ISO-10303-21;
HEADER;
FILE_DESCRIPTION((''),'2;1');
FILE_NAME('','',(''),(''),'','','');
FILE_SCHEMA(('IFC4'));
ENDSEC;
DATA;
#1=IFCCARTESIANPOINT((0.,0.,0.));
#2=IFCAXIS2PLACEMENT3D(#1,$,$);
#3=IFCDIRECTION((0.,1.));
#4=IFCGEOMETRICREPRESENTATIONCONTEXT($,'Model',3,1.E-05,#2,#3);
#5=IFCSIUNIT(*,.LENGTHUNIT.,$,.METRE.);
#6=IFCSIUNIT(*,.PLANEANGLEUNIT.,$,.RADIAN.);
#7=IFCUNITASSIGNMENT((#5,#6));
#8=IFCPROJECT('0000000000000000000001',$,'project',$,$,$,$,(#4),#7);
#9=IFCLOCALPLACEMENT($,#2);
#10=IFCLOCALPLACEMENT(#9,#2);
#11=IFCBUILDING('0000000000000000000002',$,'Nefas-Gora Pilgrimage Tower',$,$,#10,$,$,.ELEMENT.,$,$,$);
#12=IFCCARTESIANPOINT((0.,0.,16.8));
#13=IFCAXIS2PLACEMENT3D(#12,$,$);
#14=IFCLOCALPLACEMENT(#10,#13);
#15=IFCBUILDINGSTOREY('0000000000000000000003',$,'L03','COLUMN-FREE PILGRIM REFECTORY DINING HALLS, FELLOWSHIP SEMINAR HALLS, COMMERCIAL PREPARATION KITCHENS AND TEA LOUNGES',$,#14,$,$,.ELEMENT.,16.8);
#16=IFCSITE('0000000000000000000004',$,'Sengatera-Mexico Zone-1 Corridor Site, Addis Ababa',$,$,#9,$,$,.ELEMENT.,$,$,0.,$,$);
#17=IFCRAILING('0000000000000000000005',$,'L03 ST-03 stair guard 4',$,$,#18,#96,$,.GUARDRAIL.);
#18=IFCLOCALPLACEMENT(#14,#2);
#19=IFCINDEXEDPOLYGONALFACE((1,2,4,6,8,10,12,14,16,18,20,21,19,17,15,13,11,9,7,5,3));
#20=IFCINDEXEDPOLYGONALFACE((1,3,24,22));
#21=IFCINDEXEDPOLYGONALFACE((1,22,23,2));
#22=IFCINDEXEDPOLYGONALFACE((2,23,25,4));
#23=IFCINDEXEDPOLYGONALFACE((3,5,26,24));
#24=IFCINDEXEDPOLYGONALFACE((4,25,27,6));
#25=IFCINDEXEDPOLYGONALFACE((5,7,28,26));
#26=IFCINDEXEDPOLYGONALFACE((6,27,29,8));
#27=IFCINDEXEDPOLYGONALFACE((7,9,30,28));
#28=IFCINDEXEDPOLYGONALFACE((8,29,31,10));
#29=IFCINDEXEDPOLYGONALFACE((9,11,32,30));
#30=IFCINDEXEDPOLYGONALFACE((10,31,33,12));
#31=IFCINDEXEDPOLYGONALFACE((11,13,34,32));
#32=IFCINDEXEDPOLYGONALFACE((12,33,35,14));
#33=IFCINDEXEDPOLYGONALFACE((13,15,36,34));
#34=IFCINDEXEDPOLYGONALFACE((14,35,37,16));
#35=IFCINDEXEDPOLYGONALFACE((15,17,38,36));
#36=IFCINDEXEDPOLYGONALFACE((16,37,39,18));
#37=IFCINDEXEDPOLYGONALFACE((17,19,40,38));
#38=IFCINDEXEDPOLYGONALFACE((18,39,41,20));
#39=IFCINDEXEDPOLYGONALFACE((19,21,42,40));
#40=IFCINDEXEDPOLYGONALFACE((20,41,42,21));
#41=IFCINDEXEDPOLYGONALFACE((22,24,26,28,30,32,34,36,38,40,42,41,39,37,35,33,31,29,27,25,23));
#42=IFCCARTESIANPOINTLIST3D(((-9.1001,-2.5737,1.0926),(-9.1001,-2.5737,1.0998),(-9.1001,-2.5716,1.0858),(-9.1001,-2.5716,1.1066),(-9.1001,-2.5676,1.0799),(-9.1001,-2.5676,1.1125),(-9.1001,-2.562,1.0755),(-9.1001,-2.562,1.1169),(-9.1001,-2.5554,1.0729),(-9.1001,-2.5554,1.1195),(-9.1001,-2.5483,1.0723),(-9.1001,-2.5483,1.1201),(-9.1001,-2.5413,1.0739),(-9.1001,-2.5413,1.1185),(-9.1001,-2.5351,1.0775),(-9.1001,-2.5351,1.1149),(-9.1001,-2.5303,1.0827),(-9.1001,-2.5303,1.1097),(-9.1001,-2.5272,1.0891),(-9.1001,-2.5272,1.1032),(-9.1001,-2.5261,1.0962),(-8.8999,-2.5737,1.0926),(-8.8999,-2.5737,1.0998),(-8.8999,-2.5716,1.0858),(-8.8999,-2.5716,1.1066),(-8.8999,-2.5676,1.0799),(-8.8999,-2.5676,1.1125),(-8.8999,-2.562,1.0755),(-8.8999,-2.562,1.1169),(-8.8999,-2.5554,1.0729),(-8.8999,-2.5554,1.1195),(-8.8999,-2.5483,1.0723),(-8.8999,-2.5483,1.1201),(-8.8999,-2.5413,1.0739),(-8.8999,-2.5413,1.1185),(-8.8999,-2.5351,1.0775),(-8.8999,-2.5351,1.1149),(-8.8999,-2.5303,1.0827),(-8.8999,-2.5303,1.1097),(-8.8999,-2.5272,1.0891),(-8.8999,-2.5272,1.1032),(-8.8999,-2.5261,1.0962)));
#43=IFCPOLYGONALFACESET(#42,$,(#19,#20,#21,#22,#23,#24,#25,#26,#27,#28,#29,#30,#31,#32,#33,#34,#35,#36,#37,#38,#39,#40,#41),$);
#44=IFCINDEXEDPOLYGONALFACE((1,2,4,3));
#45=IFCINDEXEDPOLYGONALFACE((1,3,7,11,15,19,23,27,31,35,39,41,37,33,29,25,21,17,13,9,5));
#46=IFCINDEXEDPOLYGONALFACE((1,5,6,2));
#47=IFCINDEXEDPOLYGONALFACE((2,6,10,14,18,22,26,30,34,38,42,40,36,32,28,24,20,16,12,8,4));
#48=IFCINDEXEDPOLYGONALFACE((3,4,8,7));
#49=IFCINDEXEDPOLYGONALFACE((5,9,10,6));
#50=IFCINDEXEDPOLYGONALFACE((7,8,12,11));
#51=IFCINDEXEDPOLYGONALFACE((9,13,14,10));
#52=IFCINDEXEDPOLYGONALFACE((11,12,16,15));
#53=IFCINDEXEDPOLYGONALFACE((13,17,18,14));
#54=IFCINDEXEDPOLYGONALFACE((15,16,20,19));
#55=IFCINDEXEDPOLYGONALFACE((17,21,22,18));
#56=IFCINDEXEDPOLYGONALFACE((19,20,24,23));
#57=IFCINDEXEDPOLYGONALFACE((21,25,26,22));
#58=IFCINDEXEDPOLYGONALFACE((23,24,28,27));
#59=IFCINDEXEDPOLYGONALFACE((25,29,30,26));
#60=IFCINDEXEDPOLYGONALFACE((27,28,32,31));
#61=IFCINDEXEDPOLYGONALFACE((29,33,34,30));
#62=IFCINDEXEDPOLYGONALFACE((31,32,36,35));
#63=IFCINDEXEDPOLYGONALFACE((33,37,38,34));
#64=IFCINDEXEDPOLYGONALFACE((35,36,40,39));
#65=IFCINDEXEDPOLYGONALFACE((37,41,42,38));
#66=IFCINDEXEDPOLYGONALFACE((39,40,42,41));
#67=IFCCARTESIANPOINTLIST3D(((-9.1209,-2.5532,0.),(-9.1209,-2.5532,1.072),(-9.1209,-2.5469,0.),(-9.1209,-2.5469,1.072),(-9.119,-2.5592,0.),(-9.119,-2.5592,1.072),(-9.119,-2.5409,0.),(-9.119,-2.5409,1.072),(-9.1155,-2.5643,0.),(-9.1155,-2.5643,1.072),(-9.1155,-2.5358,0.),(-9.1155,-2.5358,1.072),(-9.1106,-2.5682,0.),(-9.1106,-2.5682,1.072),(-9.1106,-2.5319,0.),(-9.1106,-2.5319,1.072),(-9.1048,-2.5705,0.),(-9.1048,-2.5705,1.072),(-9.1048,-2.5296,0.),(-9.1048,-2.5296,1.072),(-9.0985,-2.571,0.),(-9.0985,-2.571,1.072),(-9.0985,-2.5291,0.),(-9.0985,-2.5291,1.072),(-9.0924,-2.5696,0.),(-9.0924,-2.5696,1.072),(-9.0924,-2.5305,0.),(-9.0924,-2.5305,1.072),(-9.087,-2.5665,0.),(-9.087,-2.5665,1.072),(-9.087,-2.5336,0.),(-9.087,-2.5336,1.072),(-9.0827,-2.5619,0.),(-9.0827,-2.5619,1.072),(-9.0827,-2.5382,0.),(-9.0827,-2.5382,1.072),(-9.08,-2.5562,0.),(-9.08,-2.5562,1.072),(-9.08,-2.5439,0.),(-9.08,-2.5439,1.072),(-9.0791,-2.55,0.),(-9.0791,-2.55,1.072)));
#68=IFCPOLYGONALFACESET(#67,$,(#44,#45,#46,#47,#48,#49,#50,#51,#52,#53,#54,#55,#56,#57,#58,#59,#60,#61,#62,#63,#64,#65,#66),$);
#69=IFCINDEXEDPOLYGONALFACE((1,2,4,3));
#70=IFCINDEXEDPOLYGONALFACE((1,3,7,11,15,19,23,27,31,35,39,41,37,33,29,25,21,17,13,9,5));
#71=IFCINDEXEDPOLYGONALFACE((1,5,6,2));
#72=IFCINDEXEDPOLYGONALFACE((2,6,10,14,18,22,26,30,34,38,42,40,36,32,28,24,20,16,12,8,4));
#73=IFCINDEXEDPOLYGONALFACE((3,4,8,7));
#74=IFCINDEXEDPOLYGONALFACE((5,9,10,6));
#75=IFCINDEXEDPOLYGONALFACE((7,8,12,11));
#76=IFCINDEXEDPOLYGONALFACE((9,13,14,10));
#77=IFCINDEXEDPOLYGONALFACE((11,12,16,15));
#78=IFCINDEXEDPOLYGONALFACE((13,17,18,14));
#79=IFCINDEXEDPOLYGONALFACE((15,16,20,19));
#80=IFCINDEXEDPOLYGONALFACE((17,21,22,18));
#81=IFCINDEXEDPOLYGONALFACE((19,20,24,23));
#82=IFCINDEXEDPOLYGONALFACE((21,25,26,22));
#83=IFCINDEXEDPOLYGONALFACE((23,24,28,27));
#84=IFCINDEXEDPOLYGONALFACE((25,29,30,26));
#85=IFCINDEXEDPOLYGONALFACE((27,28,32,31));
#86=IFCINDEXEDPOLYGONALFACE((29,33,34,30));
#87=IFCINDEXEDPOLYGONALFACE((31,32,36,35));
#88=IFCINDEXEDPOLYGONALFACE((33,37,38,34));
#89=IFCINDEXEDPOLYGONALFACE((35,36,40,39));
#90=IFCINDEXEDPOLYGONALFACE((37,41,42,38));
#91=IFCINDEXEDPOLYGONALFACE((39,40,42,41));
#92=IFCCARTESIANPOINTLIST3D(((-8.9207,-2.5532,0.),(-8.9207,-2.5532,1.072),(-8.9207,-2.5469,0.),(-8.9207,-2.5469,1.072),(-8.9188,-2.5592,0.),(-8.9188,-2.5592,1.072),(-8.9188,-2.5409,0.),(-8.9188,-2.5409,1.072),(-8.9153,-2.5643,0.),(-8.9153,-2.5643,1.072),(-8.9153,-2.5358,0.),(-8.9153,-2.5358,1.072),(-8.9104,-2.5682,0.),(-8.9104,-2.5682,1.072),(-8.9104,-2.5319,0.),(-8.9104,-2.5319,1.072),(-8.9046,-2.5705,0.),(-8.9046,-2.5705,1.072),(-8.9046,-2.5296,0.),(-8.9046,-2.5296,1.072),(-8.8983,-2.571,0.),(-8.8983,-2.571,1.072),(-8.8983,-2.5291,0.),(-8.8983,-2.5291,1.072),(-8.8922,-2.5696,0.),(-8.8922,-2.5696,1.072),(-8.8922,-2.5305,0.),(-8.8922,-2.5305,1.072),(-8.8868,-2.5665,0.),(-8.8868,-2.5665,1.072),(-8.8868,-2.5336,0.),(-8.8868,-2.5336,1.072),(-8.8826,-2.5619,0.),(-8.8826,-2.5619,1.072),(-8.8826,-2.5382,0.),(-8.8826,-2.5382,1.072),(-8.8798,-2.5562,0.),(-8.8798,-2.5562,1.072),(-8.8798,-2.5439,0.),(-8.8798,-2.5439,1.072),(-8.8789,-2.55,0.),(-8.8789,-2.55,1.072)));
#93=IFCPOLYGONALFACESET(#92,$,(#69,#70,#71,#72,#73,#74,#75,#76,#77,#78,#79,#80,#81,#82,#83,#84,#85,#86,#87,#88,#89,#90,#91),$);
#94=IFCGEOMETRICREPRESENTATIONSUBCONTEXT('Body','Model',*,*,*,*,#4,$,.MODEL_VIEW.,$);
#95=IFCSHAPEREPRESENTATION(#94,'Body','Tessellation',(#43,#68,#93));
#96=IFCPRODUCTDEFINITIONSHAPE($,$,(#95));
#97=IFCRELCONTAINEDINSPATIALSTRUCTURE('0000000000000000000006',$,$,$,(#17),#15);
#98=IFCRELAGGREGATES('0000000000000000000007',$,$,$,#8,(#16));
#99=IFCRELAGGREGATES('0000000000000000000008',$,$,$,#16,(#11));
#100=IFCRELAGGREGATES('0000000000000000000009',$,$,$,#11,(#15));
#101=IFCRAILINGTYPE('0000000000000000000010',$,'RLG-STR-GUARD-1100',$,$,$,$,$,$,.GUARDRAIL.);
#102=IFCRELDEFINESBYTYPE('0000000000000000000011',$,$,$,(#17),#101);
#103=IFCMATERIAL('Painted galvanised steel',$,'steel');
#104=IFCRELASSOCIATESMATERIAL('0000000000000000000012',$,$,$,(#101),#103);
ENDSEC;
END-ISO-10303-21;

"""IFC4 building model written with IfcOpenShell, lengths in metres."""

from ifc_helpers import new_model, si_unit, direction, frame, origin, origin_2d, place, context, subcontext, project, spatial, circle, extrude, material, type_object, element, save


model = new_model("IFC4")

# Units and contexts
model_context = context("Model", 3, precision=1e-05, world=origin(), true_north=direction((0.0, 1.0)))
body_context = subcontext(model_context, "Body", "Model", "MODEL_VIEW")
ifc_project = project(units=[si_unit("LENGTHUNIT", "METRE"), si_unit("PLANEANGLEUNIT", "RADIAN")], contexts=[model_context])

# Site, building, storey
site_placement = place(None, origin())
site = spatial("IfcSite", under=ifc_project, at=site_placement, Name="Sengatera-Mexico Zone-1 Corridor Site, Addis Ababa", CompositionType="ELEMENT", RefElevation=0.0)
building_placement = place(site_placement, origin())
building = spatial("IfcBuilding", under=site, at=building_placement, Name="Nefas-Gora Pilgrimage Tower", CompositionType="ELEMENT")
storey_placement = place(building_placement, frame((0.0, 0.0, 16.8)))
storey = spatial("IfcBuildingStorey", under=building, at=storey_placement, Name="L03", Description="COLUMN-FREE PILGRIM REFECTORY DINING HALLS, FELLOWSHIP SEMINAR HALLS, COMMERCIAL PREPARATION KITCHENS AND TEA LOUNGES", CompositionType="ELEMENT", Elevation=16.8)

# Railing
ifc_material_1 = material(Name="Painted galvanised steel", Category="steel")
railing_type_1 = type_object("IfcRailingType", Name="RLG-STR-GUARD-1100", PredefinedType="GUARDRAIL", material=ifc_material_1)
railing_1_placement = place(storey_placement, frame((-9.1001, -2.55, 0.0)))
element("IfcRailing", 1, at=railing_1_placement, inside=storey, type_object=railing_type_1, Name="L03 ST-03 stair guard 4", PredefinedType="GUARDRAIL", context=body_context, shape_type="SweptSolid", body=[
    extrude(circle(Radius=0.0239, at=origin_2d()), frame((0.0, 0.0, 1.0962), z_axis=(1.0, 0.0, 0.0), x_axis=(0.0, 1.0, 0.0)), (0.0, 0.0, 1.0), 0.2002),
    extrude(circle(Radius=0.021, at=origin_2d()), origin(), (0.0, 0.0, 1.0), 1.072),
    extrude(circle(Radius=0.021, at=origin_2d()), frame((0.2002, 0.0, 0.0)), (0.0, 0.0, 1.0), 1.072),
])

save(model, "model.ifc")
